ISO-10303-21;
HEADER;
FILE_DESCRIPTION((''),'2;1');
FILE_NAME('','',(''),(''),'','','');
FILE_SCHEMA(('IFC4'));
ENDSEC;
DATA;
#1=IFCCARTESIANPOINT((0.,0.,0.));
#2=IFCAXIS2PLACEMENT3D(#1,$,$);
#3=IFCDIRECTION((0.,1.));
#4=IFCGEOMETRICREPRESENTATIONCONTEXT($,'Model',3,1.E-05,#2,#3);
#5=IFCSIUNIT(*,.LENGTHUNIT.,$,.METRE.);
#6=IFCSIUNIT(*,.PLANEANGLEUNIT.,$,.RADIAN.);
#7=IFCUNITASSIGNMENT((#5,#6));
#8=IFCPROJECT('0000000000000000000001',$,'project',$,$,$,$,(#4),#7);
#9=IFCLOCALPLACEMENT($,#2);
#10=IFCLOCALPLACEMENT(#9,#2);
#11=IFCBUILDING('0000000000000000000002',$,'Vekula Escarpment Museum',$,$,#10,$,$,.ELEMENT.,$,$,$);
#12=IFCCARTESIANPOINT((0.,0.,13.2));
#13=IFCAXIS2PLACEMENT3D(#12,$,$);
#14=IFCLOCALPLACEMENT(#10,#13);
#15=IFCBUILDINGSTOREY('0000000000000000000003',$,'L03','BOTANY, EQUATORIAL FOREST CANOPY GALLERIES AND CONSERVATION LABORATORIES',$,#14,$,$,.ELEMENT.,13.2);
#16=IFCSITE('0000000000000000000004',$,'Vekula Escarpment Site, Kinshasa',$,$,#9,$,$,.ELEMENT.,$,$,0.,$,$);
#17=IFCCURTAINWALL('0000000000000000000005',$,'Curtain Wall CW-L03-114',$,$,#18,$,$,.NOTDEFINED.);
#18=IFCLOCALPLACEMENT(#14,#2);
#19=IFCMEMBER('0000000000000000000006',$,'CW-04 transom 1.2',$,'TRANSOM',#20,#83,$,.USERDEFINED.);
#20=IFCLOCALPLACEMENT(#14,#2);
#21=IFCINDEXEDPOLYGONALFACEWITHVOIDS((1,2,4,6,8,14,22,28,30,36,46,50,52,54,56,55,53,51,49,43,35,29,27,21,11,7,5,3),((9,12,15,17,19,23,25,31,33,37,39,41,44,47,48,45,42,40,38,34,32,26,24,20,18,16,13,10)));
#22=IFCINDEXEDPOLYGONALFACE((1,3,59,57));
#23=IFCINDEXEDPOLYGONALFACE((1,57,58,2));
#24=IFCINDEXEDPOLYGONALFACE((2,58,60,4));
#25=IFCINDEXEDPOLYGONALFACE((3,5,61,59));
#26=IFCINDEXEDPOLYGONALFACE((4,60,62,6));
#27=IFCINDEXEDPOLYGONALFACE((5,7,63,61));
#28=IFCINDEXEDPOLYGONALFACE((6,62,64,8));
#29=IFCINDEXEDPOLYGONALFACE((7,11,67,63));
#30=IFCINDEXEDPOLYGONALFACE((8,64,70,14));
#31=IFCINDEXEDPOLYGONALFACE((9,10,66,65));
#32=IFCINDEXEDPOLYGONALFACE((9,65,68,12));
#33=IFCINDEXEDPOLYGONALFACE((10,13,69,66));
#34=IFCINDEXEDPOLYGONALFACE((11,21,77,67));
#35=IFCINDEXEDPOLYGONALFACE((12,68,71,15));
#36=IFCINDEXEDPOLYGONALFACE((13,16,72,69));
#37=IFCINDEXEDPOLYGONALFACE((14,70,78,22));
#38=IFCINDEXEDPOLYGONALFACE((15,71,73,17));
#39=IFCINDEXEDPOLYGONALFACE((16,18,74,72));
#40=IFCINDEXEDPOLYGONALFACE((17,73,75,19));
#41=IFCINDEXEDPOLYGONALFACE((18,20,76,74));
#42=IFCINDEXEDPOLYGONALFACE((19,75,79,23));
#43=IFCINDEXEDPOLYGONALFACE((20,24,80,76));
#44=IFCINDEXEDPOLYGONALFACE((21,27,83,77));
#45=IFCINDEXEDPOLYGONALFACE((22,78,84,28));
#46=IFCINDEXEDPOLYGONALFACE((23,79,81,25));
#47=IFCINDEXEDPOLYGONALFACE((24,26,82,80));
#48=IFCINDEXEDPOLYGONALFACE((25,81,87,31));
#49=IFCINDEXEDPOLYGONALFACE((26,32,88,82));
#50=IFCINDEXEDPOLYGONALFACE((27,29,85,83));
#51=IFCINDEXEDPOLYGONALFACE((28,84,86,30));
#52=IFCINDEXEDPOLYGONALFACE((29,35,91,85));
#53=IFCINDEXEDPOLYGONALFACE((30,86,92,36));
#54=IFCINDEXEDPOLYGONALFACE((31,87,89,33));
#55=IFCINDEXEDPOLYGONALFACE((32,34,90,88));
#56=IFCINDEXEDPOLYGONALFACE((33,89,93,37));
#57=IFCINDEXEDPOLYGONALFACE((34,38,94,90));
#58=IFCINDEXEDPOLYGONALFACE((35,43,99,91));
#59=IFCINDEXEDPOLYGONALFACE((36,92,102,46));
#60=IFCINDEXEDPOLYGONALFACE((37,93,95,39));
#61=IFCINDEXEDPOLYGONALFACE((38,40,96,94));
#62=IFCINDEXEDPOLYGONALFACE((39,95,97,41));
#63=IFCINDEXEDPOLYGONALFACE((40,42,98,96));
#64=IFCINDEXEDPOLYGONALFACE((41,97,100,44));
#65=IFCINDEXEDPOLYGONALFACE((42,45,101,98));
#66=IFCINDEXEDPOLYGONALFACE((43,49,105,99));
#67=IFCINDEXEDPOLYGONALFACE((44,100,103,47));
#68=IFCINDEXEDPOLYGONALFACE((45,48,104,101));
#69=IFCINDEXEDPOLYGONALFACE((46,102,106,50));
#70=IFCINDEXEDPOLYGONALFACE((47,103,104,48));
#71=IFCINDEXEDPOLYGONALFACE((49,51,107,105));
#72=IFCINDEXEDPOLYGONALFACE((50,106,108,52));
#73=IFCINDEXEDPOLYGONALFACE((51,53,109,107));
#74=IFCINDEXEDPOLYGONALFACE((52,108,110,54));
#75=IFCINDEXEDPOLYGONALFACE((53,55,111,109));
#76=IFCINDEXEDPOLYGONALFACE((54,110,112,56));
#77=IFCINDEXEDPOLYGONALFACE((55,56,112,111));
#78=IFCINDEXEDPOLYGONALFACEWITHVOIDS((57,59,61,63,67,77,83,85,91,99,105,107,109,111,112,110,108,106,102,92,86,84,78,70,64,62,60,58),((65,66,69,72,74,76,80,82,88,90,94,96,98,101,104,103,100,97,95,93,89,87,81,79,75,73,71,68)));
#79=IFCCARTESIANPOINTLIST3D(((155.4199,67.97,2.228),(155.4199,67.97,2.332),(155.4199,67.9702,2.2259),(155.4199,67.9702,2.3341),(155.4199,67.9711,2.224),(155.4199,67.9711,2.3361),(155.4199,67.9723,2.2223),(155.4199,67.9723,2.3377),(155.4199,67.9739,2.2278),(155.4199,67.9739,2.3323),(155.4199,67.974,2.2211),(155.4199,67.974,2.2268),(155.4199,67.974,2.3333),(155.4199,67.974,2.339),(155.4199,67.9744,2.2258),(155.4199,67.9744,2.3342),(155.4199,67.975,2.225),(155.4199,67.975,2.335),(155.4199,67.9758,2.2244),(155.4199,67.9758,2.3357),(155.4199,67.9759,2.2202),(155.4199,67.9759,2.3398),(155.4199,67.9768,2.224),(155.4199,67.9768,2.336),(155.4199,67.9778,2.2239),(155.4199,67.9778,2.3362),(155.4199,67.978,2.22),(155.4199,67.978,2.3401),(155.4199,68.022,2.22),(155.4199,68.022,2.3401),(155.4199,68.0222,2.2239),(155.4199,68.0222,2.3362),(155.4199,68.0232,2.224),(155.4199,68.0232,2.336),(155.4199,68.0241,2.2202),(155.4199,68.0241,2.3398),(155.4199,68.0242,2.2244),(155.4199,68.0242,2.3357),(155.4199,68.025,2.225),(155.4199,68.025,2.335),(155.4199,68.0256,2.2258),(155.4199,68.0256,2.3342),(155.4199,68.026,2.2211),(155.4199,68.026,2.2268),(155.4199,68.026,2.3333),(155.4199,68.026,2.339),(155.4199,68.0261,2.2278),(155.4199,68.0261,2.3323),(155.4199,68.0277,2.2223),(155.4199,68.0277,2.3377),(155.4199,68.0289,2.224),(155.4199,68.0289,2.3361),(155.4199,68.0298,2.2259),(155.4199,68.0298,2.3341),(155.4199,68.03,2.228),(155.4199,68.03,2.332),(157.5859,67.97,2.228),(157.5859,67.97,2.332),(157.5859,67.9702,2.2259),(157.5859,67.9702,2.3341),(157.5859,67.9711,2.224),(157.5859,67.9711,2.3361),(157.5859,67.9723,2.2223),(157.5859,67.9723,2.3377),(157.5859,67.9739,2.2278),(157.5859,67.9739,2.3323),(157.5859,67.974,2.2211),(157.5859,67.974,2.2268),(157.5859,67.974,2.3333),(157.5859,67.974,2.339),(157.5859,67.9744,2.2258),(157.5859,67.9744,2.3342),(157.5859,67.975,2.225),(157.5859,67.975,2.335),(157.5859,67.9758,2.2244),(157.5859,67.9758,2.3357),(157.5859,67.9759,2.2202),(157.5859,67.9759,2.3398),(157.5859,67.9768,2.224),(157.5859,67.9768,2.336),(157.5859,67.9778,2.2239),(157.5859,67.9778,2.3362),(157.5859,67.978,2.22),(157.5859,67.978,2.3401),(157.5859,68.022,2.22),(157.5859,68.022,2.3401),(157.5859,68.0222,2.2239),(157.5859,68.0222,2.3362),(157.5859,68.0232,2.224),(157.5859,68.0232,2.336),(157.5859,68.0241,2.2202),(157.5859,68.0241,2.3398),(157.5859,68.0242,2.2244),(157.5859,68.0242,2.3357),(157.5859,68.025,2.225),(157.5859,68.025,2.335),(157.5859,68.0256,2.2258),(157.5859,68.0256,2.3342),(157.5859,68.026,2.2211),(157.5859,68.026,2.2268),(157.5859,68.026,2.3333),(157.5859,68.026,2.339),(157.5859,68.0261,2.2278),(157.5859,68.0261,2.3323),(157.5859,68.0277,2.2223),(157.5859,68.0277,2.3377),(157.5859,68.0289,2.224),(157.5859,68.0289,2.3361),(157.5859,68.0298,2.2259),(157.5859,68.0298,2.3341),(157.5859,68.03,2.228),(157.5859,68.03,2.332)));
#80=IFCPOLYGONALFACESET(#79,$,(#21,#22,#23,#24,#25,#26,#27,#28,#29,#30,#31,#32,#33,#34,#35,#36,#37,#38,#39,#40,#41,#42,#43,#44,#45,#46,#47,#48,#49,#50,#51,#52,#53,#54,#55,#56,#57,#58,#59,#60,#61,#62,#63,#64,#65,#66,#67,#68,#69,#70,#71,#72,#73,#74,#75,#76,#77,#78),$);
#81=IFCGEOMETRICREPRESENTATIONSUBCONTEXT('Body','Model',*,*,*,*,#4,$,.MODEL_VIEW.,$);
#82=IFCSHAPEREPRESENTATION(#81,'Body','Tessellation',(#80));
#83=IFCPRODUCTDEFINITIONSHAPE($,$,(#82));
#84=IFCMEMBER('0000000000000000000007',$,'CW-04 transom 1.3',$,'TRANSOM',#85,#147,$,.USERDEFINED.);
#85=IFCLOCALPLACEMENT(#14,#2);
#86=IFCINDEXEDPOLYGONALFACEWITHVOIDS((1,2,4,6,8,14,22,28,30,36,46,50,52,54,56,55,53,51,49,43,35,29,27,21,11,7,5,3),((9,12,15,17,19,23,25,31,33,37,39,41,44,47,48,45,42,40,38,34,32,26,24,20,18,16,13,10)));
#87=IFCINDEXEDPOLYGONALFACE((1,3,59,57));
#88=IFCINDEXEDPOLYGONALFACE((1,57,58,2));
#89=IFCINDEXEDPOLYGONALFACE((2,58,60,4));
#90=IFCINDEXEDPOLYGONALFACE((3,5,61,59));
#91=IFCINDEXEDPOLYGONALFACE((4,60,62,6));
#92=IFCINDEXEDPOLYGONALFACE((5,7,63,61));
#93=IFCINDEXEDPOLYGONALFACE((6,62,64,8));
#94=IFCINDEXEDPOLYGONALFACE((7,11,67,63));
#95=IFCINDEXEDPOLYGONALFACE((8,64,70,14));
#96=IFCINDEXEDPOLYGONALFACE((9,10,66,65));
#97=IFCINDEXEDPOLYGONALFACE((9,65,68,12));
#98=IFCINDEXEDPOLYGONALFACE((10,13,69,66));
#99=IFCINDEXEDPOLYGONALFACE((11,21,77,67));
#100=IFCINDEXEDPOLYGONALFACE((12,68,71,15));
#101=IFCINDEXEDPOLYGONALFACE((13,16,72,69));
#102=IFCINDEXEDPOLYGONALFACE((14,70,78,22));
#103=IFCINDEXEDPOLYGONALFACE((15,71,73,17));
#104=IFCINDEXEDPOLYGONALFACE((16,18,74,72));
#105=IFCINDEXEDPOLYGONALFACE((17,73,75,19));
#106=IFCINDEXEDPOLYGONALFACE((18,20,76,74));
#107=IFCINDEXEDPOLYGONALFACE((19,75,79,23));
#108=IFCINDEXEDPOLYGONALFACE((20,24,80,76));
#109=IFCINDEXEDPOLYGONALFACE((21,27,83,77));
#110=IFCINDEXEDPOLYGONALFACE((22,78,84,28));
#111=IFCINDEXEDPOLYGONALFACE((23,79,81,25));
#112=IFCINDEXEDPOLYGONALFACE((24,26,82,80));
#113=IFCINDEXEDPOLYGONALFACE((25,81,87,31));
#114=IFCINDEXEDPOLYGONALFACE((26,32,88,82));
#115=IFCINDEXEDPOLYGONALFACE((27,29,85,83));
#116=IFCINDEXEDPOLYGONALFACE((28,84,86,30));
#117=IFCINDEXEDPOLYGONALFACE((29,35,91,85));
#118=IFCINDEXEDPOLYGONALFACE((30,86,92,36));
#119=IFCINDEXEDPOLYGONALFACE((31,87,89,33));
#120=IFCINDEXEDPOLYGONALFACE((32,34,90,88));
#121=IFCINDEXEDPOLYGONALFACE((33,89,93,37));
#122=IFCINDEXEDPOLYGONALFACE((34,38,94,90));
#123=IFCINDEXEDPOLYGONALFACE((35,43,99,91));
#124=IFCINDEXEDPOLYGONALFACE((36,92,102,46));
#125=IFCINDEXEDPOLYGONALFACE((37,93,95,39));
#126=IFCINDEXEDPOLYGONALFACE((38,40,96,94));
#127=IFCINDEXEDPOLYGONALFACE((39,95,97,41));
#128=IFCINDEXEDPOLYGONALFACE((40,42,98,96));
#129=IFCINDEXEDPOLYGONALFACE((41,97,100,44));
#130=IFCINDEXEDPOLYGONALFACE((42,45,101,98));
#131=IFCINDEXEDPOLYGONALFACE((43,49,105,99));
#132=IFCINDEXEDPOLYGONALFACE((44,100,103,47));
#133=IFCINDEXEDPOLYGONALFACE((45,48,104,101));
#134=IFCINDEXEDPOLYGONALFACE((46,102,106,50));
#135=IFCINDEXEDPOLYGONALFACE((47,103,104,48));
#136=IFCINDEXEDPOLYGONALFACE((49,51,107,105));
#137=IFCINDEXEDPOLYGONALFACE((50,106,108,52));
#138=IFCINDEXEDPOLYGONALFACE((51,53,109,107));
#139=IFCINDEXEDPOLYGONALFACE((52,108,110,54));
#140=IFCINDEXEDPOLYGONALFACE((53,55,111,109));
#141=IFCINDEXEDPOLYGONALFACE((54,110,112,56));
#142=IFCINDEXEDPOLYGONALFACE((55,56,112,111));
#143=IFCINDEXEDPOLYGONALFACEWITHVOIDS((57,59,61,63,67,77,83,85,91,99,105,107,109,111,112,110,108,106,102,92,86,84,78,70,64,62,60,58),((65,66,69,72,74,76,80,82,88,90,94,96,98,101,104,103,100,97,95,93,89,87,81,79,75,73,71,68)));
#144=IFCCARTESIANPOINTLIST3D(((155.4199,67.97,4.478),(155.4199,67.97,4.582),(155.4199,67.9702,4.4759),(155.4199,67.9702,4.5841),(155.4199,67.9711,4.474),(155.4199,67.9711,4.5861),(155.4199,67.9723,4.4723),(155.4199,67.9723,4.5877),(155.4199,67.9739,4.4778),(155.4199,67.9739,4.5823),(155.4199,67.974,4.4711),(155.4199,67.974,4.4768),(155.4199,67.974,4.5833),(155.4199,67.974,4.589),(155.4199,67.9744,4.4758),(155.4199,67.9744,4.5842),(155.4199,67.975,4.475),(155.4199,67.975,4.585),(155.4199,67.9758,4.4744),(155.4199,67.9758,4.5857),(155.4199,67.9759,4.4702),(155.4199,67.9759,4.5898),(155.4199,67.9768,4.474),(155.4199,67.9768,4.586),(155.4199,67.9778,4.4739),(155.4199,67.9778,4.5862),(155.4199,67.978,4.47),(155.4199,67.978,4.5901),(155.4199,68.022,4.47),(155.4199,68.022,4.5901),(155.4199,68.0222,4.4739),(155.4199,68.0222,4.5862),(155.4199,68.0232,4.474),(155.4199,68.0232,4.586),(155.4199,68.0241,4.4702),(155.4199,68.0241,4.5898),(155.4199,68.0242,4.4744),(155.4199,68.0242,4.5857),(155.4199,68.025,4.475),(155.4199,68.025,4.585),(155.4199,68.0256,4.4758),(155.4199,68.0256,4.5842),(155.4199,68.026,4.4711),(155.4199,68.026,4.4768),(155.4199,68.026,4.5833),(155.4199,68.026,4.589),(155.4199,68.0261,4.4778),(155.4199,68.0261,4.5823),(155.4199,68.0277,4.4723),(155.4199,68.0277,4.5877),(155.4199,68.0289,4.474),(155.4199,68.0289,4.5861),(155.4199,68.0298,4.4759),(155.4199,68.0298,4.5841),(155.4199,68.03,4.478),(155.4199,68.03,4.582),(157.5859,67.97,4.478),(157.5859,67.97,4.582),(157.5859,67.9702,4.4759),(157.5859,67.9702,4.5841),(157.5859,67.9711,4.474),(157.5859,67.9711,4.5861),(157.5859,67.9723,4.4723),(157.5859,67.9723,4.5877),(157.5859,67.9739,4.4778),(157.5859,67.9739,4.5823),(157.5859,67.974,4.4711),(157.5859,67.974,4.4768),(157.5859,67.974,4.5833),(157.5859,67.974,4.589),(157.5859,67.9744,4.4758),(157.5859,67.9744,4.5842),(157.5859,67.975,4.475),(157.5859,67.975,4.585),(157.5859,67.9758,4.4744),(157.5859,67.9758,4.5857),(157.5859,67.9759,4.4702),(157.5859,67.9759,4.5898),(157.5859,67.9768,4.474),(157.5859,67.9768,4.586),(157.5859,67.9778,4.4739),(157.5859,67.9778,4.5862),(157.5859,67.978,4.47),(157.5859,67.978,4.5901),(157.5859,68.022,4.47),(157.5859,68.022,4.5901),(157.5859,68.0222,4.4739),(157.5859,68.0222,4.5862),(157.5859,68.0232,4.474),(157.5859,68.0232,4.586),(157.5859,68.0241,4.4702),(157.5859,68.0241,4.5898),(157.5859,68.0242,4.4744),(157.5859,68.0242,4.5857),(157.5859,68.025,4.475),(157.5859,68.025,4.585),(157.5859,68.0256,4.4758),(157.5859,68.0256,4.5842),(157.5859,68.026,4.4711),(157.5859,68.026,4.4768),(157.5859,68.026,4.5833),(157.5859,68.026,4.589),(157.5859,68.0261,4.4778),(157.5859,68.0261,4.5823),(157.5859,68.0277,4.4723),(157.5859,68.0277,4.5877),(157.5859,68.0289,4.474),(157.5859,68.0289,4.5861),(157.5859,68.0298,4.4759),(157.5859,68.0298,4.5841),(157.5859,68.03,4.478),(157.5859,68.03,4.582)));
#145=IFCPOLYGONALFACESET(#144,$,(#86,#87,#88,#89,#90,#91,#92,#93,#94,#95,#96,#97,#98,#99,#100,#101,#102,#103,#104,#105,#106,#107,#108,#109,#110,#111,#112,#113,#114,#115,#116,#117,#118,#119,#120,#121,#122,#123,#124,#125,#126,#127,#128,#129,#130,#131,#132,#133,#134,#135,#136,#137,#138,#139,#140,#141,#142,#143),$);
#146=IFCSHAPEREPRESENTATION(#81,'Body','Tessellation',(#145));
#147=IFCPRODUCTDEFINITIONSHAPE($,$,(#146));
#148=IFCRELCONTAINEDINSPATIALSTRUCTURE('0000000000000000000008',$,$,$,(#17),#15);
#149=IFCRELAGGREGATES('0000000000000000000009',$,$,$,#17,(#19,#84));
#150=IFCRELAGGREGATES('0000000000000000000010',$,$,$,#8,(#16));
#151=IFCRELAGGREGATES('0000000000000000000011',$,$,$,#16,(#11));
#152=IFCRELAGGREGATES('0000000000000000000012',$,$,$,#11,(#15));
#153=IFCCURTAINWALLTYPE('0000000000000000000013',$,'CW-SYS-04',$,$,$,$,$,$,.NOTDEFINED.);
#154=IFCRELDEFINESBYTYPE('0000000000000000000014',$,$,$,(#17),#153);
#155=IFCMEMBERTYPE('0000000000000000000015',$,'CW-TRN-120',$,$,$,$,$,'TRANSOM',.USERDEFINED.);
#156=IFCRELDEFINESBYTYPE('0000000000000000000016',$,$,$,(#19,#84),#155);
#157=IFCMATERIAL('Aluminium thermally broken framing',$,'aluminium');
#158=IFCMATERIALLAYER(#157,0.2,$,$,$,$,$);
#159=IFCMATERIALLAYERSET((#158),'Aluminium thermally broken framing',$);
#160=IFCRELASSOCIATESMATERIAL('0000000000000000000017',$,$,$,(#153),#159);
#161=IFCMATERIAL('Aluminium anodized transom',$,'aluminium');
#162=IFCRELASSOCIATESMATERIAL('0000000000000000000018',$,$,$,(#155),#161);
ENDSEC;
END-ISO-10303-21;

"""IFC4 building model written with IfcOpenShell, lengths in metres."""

from ifc_helpers import new_model, si_unit, direction, frame, origin, origin_2d, place, context, subcontext, project, spatial, hollow_rectangle, extrude, material, layer, layer_set, material_profile, profile_set, type_object, element, aggregate, save


model = new_model("IFC4")

# Units and contexts
model_context = context("Model", 3, precision=1e-05, world=origin(), true_north=direction((0.0, 1.0)))
body_context = subcontext(model_context, "Body", "Model", "MODEL_VIEW")
ifc_project = project(units=[si_unit("LENGTHUNIT", "METRE"), si_unit("PLANEANGLEUNIT", "RADIAN")], contexts=[model_context])

# Site, building, storey
site_placement = place(None, origin())
site = spatial("IfcSite", under=ifc_project, at=site_placement, Name="Vekula Escarpment Site, Kinshasa", CompositionType="ELEMENT", RefElevation=0.0)
building_placement = place(site_placement, origin())
building = spatial("IfcBuilding", under=site, at=building_placement, Name="Vekula Escarpment Museum", CompositionType="ELEMENT")
storey_placement = place(building_placement, frame((0.0, 0.0, 13.2)))
storey = spatial("IfcBuildingStorey", under=building, at=storey_placement, Name="L03", Description="BOTANY, EQUATORIAL FOREST CANOPY GALLERIES AND CONSERVATION LABORATORIES", CompositionType="ELEMENT", Elevation=13.2)

# Curtain wall
ifc_material_1 = material(Name="Aluminium thermally broken framing", Category="aluminium")
ifc_layer_1 = layer(ifc_material_1, 0.2)
ifc_layer_set_1 = layer_set([ifc_layer_1], Name="Aluminium thermally broken framing")
curtain_wall_type_1 = type_object("IfcCurtainWallType", Name="CW-SYS-04", PredefinedType="NOTDEFINED", material=ifc_layer_set_1)
curtain_wall_1_placement = place(storey_placement, origin())
curtain_wall_1 = element("IfcCurtainWall", 1, at=curtain_wall_1_placement, inside=storey, type_object=curtain_wall_type_1, Name="Curtain Wall CW-L03-114", PredefinedType="NOTDEFINED")

# Members
ifc_material_2 = material(Name="Aluminium anodized transom", Category="aluminium")
ifc_material_profile_1 = material_profile(ifc_material_2, hollow_rectangle(XDim=0.0601, YDim=0.1201, WallThickness=0.0039, InnerFilletRadius=0.0039, OuterFilletRadius=0.0081, at=origin_2d()), Name="ALU 120x60x4")
ifc_profile_set_1 = profile_set([ifc_material_profile_1], Name="Aluminium anodized transom")
member_type_1 = type_object("IfcMemberType", Name="CW-TRN-120", ElementType="TRANSOM", PredefinedType="USERDEFINED", material=ifc_profile_set_1)
member_1_placement = place(storey_placement, frame((155.4199, 68.0, 2.28), z_axis=(1.0, 0.0, 0.0), x_axis=(0.0, 1.0, 0.0)))
member_1 = element("IfcMember", 2, at=member_1_placement, type_object=member_type_1, Name="CW-04 transom 1.2", ObjectType="TRANSOM", PredefinedType="USERDEFINED", context=body_context, shape_type="SweptSolid", body=[
    extrude(hollow_rectangle(XDim=0.0601, YDim=0.1201, WallThickness=0.0039, InnerFilletRadius=0.0039, OuterFilletRadius=0.0081, at=origin_2d()), origin(), (0.0, 0.0, 1.0), 2.166),
])
member_2_placement = place(storey_placement, frame((155.4199, 68.0, 4.53), z_axis=(1.0, 0.0, 0.0), x_axis=(0.0, 1.0, 0.0)))
member_2 = element("IfcMember", 3, at=member_2_placement, type_object=member_type_1, Name="CW-04 transom 1.3", ObjectType="TRANSOM", PredefinedType="USERDEFINED", context=body_context, shape_type="SweptSolid", body=[
    extrude(hollow_rectangle(XDim=0.0601, YDim=0.1201, WallThickness=0.0039, InnerFilletRadius=0.0039, OuterFilletRadius=0.0081, at=origin_2d()), origin(), (0.0, 0.0, 1.0), 2.166),
])

aggregate(curtain_wall_1, [member_1, member_2])

save(model, "model.ifc")
